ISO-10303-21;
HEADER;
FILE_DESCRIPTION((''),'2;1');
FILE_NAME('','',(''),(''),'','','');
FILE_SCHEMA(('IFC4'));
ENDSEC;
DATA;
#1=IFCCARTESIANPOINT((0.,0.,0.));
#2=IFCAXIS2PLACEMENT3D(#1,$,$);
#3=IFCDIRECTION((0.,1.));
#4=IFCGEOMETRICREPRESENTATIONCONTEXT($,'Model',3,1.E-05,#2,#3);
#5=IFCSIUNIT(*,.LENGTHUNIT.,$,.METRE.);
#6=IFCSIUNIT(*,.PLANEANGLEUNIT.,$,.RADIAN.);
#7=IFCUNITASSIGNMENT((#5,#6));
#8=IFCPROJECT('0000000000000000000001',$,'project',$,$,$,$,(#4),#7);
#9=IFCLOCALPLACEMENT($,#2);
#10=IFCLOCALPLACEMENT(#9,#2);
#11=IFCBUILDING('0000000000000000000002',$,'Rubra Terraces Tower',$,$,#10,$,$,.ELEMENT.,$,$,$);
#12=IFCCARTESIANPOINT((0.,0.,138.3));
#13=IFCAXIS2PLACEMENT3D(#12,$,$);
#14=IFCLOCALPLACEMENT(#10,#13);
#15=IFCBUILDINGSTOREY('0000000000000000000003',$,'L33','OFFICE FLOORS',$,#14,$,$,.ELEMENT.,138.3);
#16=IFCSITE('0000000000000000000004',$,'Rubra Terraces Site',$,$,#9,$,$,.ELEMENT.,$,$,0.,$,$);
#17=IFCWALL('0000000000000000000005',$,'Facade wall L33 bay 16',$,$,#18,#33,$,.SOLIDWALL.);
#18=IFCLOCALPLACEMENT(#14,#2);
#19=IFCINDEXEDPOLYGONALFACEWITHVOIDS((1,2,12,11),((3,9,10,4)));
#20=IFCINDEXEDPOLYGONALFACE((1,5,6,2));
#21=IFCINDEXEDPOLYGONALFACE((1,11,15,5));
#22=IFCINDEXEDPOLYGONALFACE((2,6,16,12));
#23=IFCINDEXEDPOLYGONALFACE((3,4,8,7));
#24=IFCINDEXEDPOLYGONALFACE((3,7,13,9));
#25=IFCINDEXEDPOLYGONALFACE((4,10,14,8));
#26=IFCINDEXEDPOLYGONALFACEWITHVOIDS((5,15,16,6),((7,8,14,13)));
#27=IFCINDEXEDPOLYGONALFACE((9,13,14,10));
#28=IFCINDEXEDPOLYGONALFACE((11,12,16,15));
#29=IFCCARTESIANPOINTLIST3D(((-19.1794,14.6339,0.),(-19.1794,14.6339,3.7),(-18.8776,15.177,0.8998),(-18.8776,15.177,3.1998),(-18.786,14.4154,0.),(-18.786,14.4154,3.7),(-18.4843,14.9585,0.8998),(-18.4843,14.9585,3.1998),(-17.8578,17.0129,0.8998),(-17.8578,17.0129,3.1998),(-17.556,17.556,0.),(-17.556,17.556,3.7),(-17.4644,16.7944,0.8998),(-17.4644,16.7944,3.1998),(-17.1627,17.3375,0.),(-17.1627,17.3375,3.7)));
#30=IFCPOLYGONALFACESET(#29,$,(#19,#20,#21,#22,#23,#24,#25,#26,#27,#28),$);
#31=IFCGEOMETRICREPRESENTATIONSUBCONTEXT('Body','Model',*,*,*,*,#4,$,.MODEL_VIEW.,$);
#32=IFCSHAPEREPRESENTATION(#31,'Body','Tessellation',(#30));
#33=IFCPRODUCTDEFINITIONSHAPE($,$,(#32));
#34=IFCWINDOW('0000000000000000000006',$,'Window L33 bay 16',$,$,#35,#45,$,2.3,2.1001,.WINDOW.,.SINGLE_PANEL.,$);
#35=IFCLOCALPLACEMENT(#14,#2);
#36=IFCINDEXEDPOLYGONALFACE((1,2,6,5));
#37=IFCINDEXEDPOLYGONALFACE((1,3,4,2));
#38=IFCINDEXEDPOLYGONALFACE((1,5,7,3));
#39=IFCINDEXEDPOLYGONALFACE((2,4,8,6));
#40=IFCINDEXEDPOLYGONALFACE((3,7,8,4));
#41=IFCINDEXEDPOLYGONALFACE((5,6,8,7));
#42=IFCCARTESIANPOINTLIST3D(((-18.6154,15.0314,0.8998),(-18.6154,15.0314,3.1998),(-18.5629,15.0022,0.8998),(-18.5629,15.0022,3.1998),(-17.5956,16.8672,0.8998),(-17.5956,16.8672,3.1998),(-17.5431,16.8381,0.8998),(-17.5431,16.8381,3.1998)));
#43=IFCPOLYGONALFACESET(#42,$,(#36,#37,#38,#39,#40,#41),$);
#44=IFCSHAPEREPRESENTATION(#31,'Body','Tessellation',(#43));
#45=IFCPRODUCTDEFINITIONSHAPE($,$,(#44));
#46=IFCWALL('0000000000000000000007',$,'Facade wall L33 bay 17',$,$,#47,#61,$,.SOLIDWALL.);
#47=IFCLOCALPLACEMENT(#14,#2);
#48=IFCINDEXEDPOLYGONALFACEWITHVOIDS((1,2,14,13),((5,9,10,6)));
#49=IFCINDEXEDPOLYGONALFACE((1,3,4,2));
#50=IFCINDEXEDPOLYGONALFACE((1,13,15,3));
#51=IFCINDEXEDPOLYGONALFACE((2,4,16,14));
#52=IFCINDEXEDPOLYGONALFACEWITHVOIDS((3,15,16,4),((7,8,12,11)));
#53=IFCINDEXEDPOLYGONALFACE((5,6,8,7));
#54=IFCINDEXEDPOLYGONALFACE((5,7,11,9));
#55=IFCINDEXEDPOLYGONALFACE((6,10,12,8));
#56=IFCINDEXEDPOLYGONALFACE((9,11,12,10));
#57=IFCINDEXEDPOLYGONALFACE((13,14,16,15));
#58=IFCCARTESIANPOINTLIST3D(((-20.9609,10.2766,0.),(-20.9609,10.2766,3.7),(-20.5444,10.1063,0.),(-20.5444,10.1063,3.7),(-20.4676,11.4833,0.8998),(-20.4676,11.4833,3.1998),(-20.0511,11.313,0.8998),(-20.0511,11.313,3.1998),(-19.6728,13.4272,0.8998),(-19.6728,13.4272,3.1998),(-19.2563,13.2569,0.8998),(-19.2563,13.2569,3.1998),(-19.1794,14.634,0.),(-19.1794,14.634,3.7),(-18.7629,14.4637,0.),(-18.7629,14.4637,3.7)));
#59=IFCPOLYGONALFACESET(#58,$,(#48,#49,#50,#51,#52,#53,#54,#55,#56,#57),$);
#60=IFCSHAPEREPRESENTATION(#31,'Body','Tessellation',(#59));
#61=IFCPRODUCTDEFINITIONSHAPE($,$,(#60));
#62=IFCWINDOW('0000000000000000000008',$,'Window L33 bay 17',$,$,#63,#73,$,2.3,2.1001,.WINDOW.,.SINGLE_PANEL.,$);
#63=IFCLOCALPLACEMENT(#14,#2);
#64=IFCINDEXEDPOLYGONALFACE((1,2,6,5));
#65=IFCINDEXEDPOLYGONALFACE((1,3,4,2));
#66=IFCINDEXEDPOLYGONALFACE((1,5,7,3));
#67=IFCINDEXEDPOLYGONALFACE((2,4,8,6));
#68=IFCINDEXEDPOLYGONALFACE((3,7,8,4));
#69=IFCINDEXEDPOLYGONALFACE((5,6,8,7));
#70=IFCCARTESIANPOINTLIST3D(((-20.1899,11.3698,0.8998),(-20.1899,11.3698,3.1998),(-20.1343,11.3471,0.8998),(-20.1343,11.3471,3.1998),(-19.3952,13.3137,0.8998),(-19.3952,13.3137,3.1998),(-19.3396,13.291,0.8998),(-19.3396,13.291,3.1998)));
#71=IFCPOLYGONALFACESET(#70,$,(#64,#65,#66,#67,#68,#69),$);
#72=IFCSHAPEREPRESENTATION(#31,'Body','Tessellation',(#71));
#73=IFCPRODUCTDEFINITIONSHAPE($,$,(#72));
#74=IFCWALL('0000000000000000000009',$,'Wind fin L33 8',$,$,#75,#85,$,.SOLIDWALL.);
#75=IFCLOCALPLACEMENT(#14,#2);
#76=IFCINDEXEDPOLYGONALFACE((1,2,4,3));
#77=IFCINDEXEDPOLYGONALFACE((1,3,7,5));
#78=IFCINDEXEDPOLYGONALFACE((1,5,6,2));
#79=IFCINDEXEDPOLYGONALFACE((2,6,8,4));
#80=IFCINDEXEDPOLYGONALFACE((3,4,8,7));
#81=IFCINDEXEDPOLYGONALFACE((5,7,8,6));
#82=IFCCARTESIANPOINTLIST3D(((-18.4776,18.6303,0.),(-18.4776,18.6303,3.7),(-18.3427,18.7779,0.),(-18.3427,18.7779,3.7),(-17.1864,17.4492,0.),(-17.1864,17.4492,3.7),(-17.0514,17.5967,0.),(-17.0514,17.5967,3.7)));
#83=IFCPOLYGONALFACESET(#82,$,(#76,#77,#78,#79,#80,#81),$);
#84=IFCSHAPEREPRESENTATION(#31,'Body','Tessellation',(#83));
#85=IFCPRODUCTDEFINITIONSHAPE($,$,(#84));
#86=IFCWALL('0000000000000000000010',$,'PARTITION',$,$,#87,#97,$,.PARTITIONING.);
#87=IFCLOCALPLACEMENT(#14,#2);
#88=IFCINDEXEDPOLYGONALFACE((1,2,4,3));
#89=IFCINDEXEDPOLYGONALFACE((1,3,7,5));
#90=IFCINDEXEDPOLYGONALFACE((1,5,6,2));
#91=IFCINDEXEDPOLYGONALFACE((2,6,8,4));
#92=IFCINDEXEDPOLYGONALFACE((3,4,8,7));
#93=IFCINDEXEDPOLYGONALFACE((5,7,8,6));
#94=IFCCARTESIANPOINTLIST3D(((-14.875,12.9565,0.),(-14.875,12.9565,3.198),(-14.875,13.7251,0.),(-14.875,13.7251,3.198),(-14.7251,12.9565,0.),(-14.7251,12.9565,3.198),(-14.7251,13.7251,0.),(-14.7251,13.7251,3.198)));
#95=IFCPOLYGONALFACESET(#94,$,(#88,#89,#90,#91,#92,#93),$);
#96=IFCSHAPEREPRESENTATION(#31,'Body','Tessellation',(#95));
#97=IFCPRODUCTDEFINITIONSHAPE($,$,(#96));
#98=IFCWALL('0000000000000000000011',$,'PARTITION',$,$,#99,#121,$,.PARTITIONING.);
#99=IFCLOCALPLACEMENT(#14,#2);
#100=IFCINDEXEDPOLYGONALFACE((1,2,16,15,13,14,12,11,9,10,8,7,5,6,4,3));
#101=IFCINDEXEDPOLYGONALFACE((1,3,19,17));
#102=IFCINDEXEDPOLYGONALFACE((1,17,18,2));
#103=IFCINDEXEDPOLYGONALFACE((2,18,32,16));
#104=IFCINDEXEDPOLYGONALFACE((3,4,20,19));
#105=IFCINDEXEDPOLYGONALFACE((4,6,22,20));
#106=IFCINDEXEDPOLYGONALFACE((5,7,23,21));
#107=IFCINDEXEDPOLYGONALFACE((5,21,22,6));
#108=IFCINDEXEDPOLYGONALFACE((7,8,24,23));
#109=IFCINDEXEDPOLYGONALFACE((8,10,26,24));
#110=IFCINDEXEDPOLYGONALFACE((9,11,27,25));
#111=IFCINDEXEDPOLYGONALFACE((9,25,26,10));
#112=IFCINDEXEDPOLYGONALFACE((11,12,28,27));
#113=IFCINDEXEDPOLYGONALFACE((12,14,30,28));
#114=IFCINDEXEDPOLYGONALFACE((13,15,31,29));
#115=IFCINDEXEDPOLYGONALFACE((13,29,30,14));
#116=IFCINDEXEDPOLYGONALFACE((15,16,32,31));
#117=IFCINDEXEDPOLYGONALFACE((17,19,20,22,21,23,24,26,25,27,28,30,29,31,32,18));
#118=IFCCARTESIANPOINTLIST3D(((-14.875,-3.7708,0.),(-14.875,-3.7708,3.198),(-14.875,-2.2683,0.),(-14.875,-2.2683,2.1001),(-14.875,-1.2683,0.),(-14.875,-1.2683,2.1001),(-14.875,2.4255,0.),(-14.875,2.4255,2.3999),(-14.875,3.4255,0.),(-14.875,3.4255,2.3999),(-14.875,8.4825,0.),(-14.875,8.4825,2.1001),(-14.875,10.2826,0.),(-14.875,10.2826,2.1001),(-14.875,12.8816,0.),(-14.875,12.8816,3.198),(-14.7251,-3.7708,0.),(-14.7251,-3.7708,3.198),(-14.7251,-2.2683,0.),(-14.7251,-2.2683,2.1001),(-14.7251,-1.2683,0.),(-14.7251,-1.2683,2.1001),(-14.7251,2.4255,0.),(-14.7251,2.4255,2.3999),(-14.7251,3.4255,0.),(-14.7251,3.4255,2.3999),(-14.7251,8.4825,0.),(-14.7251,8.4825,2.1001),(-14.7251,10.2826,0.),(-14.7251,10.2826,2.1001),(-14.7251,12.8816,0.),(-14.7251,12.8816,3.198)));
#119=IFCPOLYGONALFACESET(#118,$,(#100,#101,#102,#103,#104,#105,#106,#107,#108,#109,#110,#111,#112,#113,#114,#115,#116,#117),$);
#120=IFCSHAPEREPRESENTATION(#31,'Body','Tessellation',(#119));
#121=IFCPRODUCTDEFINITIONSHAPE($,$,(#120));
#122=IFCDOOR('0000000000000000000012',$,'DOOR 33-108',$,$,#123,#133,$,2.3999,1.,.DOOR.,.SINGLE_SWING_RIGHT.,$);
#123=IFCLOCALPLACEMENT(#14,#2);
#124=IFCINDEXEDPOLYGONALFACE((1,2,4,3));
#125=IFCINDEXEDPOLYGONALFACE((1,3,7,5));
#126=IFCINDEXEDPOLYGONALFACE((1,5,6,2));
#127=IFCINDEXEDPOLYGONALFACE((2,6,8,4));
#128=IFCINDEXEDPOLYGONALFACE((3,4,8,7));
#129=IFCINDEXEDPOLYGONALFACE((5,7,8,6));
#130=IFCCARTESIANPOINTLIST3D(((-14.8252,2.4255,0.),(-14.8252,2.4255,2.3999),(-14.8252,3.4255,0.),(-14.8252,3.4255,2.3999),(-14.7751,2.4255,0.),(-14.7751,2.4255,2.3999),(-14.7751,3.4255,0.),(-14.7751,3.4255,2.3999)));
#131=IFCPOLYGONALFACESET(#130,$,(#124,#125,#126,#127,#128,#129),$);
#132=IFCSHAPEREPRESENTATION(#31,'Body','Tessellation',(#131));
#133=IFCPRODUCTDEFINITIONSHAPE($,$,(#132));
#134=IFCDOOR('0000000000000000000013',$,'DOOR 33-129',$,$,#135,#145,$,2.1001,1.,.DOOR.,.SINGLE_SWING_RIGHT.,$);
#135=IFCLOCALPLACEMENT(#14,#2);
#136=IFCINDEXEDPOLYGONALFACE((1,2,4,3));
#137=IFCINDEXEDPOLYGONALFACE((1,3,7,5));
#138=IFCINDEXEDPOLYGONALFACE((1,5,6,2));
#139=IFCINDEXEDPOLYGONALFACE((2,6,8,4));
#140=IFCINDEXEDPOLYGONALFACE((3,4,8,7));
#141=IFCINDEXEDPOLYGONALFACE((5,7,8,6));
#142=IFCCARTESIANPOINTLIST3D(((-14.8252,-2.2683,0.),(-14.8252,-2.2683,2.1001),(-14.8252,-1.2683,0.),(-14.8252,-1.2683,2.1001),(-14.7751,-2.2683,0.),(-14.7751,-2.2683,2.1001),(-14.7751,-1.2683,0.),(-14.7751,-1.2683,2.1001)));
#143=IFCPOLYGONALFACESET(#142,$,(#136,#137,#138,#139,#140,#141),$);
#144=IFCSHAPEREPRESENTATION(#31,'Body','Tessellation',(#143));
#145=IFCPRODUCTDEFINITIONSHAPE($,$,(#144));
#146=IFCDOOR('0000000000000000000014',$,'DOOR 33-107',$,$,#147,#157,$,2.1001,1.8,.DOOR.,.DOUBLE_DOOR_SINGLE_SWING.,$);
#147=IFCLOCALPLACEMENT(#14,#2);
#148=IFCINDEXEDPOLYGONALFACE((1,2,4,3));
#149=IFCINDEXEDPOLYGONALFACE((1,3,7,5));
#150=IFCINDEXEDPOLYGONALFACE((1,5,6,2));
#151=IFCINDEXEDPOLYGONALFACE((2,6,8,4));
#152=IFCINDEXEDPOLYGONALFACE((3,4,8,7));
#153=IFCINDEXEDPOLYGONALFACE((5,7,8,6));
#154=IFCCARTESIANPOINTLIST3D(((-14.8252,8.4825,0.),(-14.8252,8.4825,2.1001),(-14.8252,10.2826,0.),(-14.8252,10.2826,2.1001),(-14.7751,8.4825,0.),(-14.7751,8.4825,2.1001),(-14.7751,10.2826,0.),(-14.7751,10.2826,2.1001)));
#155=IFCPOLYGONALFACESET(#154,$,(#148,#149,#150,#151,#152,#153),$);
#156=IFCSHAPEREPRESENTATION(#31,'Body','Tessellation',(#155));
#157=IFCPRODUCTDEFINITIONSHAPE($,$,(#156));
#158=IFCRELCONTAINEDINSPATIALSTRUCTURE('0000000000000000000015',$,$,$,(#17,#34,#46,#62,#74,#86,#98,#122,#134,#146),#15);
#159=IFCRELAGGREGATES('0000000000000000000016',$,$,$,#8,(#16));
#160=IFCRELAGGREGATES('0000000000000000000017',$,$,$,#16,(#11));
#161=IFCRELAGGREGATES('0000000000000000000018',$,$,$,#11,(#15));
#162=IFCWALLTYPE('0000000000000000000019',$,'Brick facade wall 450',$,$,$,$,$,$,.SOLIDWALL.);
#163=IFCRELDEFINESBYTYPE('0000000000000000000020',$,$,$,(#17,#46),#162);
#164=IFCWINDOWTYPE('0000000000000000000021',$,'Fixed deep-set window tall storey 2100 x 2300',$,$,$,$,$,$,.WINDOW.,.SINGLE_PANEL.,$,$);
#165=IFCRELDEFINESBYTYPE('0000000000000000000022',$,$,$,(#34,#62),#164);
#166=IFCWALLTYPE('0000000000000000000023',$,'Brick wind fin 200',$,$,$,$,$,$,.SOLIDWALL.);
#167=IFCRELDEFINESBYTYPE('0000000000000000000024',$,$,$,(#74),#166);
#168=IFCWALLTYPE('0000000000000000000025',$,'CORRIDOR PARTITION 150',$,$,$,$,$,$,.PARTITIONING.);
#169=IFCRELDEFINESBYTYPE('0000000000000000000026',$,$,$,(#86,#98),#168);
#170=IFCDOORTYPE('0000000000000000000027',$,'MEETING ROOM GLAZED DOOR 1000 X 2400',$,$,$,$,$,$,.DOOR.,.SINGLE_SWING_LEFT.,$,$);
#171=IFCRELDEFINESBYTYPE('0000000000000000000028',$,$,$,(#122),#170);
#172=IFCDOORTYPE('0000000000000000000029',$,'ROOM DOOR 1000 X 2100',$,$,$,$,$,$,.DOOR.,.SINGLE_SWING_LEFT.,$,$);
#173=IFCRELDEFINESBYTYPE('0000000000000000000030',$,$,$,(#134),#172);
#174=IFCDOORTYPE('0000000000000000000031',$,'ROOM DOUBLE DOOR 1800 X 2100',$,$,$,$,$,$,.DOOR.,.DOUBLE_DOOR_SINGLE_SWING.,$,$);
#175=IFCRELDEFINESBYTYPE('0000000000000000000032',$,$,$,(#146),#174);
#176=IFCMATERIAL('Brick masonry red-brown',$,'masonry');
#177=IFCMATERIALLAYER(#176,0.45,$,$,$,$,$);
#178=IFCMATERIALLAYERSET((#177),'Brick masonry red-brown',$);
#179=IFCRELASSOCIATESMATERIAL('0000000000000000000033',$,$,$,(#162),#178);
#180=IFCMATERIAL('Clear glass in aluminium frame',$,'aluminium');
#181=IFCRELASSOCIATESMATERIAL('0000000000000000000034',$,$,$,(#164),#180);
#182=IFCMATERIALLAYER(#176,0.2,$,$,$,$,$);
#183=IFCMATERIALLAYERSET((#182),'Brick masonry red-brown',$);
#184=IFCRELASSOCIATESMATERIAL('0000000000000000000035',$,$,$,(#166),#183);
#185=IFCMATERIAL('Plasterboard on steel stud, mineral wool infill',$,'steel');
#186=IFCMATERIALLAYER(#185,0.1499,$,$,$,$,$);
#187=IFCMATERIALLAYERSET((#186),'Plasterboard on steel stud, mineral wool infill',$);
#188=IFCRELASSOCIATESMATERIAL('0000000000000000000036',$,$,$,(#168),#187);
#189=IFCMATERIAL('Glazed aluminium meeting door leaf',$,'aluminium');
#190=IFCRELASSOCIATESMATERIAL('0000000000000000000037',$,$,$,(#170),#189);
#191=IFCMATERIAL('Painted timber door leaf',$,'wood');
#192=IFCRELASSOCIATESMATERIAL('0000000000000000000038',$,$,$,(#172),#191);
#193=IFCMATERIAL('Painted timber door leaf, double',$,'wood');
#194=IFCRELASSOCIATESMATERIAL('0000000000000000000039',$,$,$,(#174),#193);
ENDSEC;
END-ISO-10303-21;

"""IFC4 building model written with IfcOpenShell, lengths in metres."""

from ifc_helpers import new_model, si_unit, direction, frame, frame_2d, origin, place, context, subcontext, project, spatial, rectangle, extrude, material, layer, layer_set, type_object, element, fill, save


model = new_model("IFC4")

# Units and contexts
model_context = context("Model", 3, precision=1e-05, world=origin(), true_north=direction((0.0, 1.0)))
body_context = subcontext(model_context, "Body", "Model", "MODEL_VIEW")
ifc_project = project(units=[si_unit("LENGTHUNIT", "METRE"), si_unit("PLANEANGLEUNIT", "RADIAN")], contexts=[model_context])

# Site, building, storey
site_placement = place(None, origin())
site = spatial("IfcSite", under=ifc_project, at=site_placement, Name="Rubra Terraces Site", CompositionType="ELEMENT", RefElevation=0.0)
building_placement = place(site_placement, origin())
building = spatial("IfcBuilding", under=site, at=building_placement, Name="Rubra Terraces Tower", CompositionType="ELEMENT")
storey_placement = place(building_placement, frame((0.0, 0.0, 138.3)))
storey = spatial("IfcBuildingStorey", under=building, at=storey_placement, Name="L33", Description="OFFICE FLOORS", CompositionType="ELEMENT", Elevation=138.3)

# Walls, openings, windows
ifc_material_1 = material(Name="Brick masonry red-brown", Category="masonry")
ifc_layer_1 = layer(ifc_material_1, 0.45)
ifc_layer_set_1 = layer_set([ifc_layer_1], Name="Brick masonry red-brown")
wall_type_1 = type_object("IfcWallType", Name="Brick facade wall 450", PredefinedType="SOLIDWALL", material=ifc_layer_set_1)
ifc_material_2 = material(Name="Clear glass in aluminium frame", Category="aluminium")
window_type = type_object("IfcWindowType", Name="Fixed deep-set window tall storey 2100 x 2300", PartitioningType="SINGLE_PANEL", PredefinedType="WINDOW", material=ifc_material_2)
wall_1_placement = place(storey_placement, frame((-17.3594, 17.4468, 0.0), z_axis=(0.0, 0.0, 1.0), x_axis=(-0.485618, -0.874171, 0.0)))
wall_1 = element("IfcWall", 1, at=wall_1_placement, inside=storey, type_object=wall_type_1, Name="Facade wall L33 bay 16", PredefinedType="SOLIDWALL", context=body_context, shape_type="SweptSolid", body=[
    extrude(rectangle(XDim=3.3428, YDim=0.45, at=frame_2d((1.6714, 0.0))), origin(), (0.0, 0.0, 1.0), 3.7),
])
opening_1_placement = place(wall_1_placement, frame((0.6213, 0.0, 0.8999)))
opening_1 = element("IfcOpeningElement", 2, at=opening_1_placement, cuts=wall_1, PredefinedType="OPENING", context=body_context, shape_type="SweptSolid", body=[
    extrude(rectangle(XDim=2.1001, YDim=2.3, at=frame_2d((1.05, 1.1499))), frame((0.0, 0.2349, 0.0), z_axis=(0.0, -1.0, 0.0), x_axis=(1.0, 0.0, 0.0)), (0.0, 0.0, 1.0), 0.47),
])
window_1_placement = place(opening_1_placement, origin())
window_1 = element("IfcWindow", 3, at=window_1_placement, inside=storey, type_object=window_type, Name="Window L33 bay 16", OverallHeight=2.3, OverallWidth=2.1001, PartitioningType="SINGLE_PANEL", PredefinedType="WINDOW", context=body_context, shape_type="SweptSolid", body=[
    extrude(rectangle(XDim=2.1001, YDim=2.3, at=frame_2d((1.05, 1.1499))), frame((0.0, 0.135, 0.0), z_axis=(0.0, -1.0, 0.0), x_axis=(1.0, 0.0, 0.0)), (0.0, 0.0, 1.0), 0.0601),
])
fill(opening_1, window_1)
wall_2_placement = place(storey_placement, frame((-18.9712, 14.5488, 0.0), z_axis=(0.0, 0.0, 1.0), x_axis=(-0.378435, -0.925628, 0.0)))
wall_2 = element("IfcWall", 4, at=wall_2_placement, inside=storey, type_object=wall_type_1, Name="Facade wall L33 bay 17", PredefinedType="SOLIDWALL", context=body_context, shape_type="SweptSolid", body=[
    extrude(rectangle(XDim=4.7075, YDim=0.45, at=frame_2d((2.3538, 0.0))), origin(), (0.0, 0.0, 1.0), 3.7),
])
opening_2_placement = place(wall_2_placement, frame((1.3037, 0.0, 0.8999)))
opening_2 = element("IfcOpeningElement", 5, at=opening_2_placement, cuts=wall_2, PredefinedType="OPENING", context=body_context, shape_type="SweptSolid", body=[
    extrude(rectangle(XDim=2.1001, YDim=2.3, at=frame_2d((1.05, 1.1499))), frame((0.0, 0.2349, 0.0), z_axis=(0.0, -1.0, 0.0), x_axis=(1.0, 0.0, 0.0)), (0.0, 0.0, 1.0), 0.47),
])
window_2_placement = place(opening_2_placement, origin())
window_2 = element("IfcWindow", 6, at=window_2_placement, inside=storey, type_object=window_type, Name="Window L33 bay 17", OverallHeight=2.3, OverallWidth=2.1001, PartitioningType="SINGLE_PANEL", PredefinedType="WINDOW", context=body_context, shape_type="SweptSolid", body=[
    extrude(rectangle(XDim=2.1001, YDim=2.3, at=frame_2d((1.05, 1.1499))), frame((0.0, 0.135, 0.0), z_axis=(0.0, -1.0, 0.0), x_axis=(1.0, 0.0, 0.0)), (0.0, 0.0, 1.0), 0.0601),
])
fill(opening_2, window_2)

# Walls
ifc_layer_2 = layer(ifc_material_1, 0.2)
ifc_layer_set_2 = layer_set([ifc_layer_2], Name="Brick masonry red-brown")
wall_type_2 = type_object("IfcWallType", Name="Brick wind fin 200", PredefinedType="SOLIDWALL", material=ifc_layer_set_2)
wall_3_placement = place(storey_placement, frame((-17.1189, 17.5229, 0.0), z_axis=(0.0, 0.0, 1.0), x_axis=(-0.737866, 0.674947, 0.0)))
element("IfcWall", 7, at=wall_3_placement, inside=storey, type_object=wall_type_2, Name="Wind fin L33 8", PredefinedType="SOLIDWALL", context=body_context, shape_type="SweptSolid", body=[
    extrude(rectangle(XDim=1.75, YDim=0.2, at=frame_2d((0.875, 0.0))), origin(), (0.0, 0.0, 1.0), 3.7),
])
ifc_material_3 = material(Name="Plasterboard on steel stud, mineral wool infill", Category="steel")
ifc_layer_3 = layer(ifc_material_3, 0.1499)
ifc_layer_set_3 = layer_set([ifc_layer_3], Name="Plasterboard on steel stud, mineral wool infill")
wall_type_3 = type_object("IfcWallType", Name="CORRIDOR PARTITION 150", PredefinedType="PARTITIONING", material=ifc_layer_set_3)
wall_4_placement = place(storey_placement, frame((-14.8, 13.7251, 0.0), z_axis=(0.0, 0.0, 1.0), x_axis=(0.0, -1.0, 0.0)))
element("IfcWall", 8, at=wall_4_placement, inside=storey, type_object=wall_type_3, Name="PARTITION", PredefinedType="PARTITIONING", context=body_context, shape_type="SweptSolid", body=[
    extrude(rectangle(XDim=0.7686, YDim=0.1499, at=frame_2d((0.3843, 0.0))), origin(), (0.0, 0.0, 1.0), 3.198),
])

# Wall, openings, doors
wall_5_placement = place(storey_placement, frame((-14.8, 12.8816, 0.0), z_axis=(0.0, 0.0, 1.0), x_axis=(0.0, -1.0, 0.0)))
wall_5 = element("IfcWall", 9, at=wall_5_placement, inside=storey, type_object=wall_type_3, Name="PARTITION", PredefinedType="PARTITIONING", context=body_context, shape_type="SweptSolid", body=[
    extrude(rectangle(XDim=16.6523, YDim=0.1499, at=frame_2d((8.3262, 0.0))), origin(), (0.0, 0.0, 1.0), 3.198),
])
opening_3_placement = place(wall_5_placement, frame((2.5991, 0.0, 0.0)))
opening_3 = element("IfcOpeningElement", 10, at=opening_3_placement, cuts=wall_5, PredefinedType="OPENING", context=body_context, shape_type="SweptSolid", body=[
    extrude(rectangle(XDim=1.8, YDim=2.1001, at=frame_2d((0.8999, 1.05))), frame((0.0, 0.085, 0.0), z_axis=(0.0, -1.0, 0.0), x_axis=(1.0, 0.0, 0.0)), (0.0, 0.0, 1.0), 0.1699),
])
opening_4_placement = place(wall_5_placement, frame((9.4561, 0.0, 0.0)))
opening_4 = element("IfcOpeningElement", 11, at=opening_4_placement, cuts=wall_5, PredefinedType="OPENING", context=body_context, shape_type="SweptSolid", body=[
    extrude(rectangle(XDim=1.0, YDim=2.3999, at=frame_2d((0.5, 1.2))), frame((0.0, 0.085, 0.0), z_axis=(0.0, -1.0, 0.0), x_axis=(1.0, 0.0, 0.0)), (0.0, 0.0, 1.0), 0.1699),
])
opening_5_placement = place(wall_5_placement, frame((14.1499, 0.0, 0.0)))
opening_5 = element("IfcOpeningElement", 12, at=opening_5_placement, cuts=wall_5, PredefinedType="OPENING", context=body_context, shape_type="SweptSolid", body=[
    extrude(rectangle(XDim=1.0, YDim=2.1001, at=frame_2d((0.5, 1.05))), frame((0.0, 0.085, 0.0), z_axis=(0.0, -1.0, 0.0), x_axis=(1.0, 0.0, 0.0)), (0.0, 0.0, 1.0), 0.1699),
])
ifc_material_4 = material(Name="Glazed aluminium meeting door leaf", Category="aluminium")
door_type_1 = type_object("IfcDoorType", Name="MEETING ROOM GLAZED DOOR 1000 X 2400", OperationType="SINGLE_SWING_LEFT", PredefinedType="DOOR", material=ifc_material_4)
door_1_placement = place(opening_4_placement, origin())
door_1 = element("IfcDoor", 13, at=door_1_placement, inside=storey, type_object=door_type_1, Name="DOOR 33-108", OperationType="SINGLE_SWING_RIGHT", OverallHeight=2.3999, OverallWidth=1.0, PredefinedType="DOOR", context=body_context, shape_type="SweptSolid", body=[
    extrude(rectangle(XDim=1.0, YDim=2.3999, at=frame_2d((0.5, 1.2))), frame((0.0, 0.0249, 0.0), z_axis=(0.0, -1.0, 0.0), x_axis=(1.0, 0.0, 0.0)), (0.0, 0.0, 1.0), 0.05),
])
fill(opening_4, door_1)
ifc_material_5 = material(Name="Painted timber door leaf", Category="wood")
door_type_2 = type_object("IfcDoorType", Name="ROOM DOOR 1000 X 2100", OperationType="SINGLE_SWING_LEFT", PredefinedType="DOOR", material=ifc_material_5)
door_2_placement = place(opening_5_placement, origin())
door_2 = element("IfcDoor", 14, at=door_2_placement, inside=storey, type_object=door_type_2, Name="DOOR 33-129", OperationType="SINGLE_SWING_RIGHT", OverallHeight=2.1001, OverallWidth=1.0, PredefinedType="DOOR", context=body_context, shape_type="SweptSolid", body=[
    extrude(rectangle(XDim=1.0, YDim=2.1001, at=frame_2d((0.5, 1.05))), frame((0.0, 0.0249, 0.0), z_axis=(0.0, -1.0, 0.0), x_axis=(1.0, 0.0, 0.0)), (0.0, 0.0, 1.0), 0.05),
])
fill(opening_5, door_2)
ifc_material_6 = material(Name="Painted timber door leaf, double", Category="wood")
door_type_3 = type_object("IfcDoorType", Name="ROOM DOUBLE DOOR 1800 X 2100", OperationType="DOUBLE_DOOR_SINGLE_SWING", PredefinedType="DOOR", material=ifc_material_6)
door_3_placement = place(opening_3_placement, origin())
door_3 = element("IfcDoor", 15, at=door_3_placement, inside=storey, type_object=door_type_3, Name="DOOR 33-107", OperationType="DOUBLE_DOOR_SINGLE_SWING", OverallHeight=2.1001, OverallWidth=1.8, PredefinedType="DOOR", context=body_context, shape_type="SweptSolid", body=[
    extrude(rectangle(XDim=1.8, YDim=2.1001, at=frame_2d((0.8999, 1.05))), frame((0.0, 0.0249, 0.0), z_axis=(0.0, -1.0, 0.0), x_axis=(1.0, 0.0, 0.0)), (0.0, 0.0, 1.0), 0.05),
])
fill(opening_3, door_3)

save(model, "model.ifc")
